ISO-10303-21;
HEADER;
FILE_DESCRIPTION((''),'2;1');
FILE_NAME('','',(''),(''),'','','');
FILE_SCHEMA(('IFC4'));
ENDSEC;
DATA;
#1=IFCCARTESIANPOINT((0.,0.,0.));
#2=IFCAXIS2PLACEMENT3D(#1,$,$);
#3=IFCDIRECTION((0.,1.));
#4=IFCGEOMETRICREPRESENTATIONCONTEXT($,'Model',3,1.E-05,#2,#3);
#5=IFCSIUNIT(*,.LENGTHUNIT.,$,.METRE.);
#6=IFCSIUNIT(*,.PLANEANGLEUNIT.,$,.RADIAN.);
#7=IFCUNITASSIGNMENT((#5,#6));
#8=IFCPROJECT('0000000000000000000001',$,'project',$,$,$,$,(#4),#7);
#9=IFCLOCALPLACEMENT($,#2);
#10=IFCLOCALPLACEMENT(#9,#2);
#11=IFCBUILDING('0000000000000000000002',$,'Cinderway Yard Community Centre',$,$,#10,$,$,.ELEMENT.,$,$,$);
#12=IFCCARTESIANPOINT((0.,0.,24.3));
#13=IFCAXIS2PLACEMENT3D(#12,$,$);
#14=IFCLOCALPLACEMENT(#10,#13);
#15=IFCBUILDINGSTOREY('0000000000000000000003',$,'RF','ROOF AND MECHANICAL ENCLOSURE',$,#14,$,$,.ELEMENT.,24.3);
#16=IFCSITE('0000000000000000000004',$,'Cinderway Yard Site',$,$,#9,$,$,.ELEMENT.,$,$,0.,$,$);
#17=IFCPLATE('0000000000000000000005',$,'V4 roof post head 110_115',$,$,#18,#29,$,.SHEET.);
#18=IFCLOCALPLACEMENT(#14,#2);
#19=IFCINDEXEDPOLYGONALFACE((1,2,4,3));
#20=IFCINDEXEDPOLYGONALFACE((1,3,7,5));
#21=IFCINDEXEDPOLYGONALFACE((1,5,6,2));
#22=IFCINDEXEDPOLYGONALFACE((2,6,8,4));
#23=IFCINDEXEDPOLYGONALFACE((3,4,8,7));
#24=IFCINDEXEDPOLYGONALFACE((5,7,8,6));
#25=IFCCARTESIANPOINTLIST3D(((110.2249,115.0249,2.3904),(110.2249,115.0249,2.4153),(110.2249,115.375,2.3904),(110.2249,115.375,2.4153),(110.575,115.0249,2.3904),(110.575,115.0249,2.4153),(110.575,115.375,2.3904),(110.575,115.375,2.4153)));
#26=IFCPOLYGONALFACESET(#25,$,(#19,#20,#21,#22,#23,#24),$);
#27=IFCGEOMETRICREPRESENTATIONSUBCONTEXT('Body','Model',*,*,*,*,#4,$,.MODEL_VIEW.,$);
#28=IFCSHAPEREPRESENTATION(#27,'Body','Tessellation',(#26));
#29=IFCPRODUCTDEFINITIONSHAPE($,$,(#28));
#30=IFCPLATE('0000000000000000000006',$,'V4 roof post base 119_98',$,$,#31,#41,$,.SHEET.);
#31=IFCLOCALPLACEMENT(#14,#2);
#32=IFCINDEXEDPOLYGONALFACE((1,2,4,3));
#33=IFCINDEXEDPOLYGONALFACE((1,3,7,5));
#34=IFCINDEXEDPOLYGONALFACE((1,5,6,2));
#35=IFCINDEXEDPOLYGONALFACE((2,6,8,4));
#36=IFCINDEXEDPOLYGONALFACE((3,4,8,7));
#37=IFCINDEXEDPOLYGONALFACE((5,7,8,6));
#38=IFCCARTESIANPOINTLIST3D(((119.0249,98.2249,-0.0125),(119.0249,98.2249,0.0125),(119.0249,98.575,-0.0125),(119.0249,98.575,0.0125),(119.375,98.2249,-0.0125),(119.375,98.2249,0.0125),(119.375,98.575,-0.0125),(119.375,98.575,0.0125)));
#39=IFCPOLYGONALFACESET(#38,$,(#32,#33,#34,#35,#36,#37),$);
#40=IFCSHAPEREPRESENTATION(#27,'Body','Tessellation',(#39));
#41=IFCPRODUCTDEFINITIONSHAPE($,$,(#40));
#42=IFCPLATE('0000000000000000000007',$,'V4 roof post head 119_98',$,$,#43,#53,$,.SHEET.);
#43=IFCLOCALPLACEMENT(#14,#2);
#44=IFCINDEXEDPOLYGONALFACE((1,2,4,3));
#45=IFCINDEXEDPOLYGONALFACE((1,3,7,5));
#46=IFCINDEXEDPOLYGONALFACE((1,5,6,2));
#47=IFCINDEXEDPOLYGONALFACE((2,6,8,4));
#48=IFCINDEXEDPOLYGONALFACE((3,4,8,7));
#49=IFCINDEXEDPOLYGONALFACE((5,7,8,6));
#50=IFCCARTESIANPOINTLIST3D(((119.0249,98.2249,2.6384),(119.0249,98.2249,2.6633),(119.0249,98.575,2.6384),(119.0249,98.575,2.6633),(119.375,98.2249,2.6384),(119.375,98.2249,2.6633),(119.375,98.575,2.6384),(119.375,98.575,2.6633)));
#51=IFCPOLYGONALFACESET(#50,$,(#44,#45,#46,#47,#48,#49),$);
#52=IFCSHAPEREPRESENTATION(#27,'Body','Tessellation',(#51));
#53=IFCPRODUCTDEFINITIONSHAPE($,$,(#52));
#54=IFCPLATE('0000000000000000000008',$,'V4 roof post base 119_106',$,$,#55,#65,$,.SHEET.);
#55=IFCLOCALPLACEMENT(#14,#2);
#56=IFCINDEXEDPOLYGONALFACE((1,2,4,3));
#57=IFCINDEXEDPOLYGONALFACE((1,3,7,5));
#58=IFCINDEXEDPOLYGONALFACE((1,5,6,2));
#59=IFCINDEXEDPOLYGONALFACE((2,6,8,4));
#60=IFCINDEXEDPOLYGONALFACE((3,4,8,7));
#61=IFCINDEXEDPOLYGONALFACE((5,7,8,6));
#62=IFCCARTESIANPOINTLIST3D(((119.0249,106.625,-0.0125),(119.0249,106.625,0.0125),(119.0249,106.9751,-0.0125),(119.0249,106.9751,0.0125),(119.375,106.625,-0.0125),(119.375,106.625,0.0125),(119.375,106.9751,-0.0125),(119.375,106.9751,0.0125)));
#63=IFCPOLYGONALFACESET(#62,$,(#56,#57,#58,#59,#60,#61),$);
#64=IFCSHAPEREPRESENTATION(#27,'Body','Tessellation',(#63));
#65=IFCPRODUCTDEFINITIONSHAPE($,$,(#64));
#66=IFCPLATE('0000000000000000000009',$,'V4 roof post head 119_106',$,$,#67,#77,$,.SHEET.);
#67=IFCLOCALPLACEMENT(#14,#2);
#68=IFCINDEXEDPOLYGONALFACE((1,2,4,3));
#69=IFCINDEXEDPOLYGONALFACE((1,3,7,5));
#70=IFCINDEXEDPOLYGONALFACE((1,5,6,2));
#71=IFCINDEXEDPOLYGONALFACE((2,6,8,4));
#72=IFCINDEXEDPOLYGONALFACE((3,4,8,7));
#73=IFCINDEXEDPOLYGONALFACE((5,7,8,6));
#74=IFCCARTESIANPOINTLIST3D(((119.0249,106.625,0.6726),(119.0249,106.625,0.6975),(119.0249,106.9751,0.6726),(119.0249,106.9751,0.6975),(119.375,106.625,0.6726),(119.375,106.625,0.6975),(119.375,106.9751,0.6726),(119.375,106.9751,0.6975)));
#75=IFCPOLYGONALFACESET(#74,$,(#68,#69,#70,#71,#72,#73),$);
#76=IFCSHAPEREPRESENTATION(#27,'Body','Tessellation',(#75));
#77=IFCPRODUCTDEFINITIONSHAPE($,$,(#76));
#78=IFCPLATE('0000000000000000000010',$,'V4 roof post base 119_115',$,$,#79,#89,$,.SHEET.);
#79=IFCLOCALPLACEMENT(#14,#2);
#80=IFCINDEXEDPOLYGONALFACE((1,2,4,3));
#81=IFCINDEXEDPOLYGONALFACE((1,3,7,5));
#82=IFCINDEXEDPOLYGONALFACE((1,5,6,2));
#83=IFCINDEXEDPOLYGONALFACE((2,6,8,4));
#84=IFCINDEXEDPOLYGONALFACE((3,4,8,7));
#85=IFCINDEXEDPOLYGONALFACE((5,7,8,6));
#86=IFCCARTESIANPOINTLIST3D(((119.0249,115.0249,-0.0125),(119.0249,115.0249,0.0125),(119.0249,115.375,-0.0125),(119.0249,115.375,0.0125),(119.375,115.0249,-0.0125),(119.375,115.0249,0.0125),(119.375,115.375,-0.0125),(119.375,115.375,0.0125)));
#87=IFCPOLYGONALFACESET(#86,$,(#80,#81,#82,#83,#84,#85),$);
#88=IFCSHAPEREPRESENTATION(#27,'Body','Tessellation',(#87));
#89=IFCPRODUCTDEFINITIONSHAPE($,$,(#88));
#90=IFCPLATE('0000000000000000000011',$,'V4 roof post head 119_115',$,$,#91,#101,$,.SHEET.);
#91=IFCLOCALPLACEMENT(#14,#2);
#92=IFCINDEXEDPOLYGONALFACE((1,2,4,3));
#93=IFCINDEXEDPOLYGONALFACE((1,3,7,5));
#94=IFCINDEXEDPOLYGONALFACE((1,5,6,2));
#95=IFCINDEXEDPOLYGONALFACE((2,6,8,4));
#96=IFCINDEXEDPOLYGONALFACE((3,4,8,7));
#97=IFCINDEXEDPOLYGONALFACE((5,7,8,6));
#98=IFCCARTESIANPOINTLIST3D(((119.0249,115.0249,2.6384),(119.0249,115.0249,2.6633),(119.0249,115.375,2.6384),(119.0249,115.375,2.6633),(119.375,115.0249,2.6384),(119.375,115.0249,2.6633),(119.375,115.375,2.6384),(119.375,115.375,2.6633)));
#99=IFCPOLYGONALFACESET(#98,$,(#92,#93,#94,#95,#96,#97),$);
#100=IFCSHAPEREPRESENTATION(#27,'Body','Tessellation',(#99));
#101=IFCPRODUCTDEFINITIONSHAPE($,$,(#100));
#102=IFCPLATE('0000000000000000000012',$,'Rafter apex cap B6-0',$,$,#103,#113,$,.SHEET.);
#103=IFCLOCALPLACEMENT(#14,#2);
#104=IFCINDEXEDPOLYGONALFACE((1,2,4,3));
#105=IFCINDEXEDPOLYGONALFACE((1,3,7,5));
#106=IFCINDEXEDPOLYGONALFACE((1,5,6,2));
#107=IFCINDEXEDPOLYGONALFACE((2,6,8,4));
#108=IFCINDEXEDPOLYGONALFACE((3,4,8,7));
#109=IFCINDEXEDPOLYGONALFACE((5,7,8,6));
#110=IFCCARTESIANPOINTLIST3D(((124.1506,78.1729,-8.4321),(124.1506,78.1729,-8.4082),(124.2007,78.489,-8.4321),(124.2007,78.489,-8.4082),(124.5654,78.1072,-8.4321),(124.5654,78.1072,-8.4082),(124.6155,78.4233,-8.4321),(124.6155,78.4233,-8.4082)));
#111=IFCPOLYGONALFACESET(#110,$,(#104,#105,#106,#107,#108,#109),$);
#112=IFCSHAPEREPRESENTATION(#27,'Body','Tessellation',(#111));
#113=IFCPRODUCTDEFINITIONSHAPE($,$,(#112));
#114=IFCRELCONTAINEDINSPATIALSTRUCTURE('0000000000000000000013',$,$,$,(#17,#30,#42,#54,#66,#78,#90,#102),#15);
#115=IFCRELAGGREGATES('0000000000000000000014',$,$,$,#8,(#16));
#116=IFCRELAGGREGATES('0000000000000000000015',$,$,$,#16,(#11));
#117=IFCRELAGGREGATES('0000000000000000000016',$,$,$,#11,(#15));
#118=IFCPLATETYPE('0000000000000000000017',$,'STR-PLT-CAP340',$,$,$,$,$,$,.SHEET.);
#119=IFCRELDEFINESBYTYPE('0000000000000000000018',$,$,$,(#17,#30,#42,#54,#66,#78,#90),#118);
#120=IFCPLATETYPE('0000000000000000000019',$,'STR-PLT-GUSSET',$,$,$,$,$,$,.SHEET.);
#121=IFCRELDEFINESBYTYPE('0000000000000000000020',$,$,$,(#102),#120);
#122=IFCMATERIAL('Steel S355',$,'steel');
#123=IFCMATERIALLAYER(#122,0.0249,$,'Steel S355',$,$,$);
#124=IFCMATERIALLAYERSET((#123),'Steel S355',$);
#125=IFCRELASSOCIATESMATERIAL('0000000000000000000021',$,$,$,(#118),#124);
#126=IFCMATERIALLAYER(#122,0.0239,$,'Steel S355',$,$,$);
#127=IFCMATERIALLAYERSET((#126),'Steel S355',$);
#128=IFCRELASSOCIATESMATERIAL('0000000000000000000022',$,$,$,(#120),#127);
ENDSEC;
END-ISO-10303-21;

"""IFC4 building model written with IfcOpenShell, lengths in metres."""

from ifc_helpers import new_model, si_unit, direction, frame, origin, origin_2d, place, context, subcontext, project, spatial, rectangle, extrude, material, layer, layer_set, type_object, element, save


model = new_model("IFC4")

# Units and contexts
model_context = context("Model", 3, precision=1e-05, world=origin(), true_north=direction((0.0, 1.0)))
body_context = subcontext(model_context, "Body", "Model", "MODEL_VIEW")
ifc_project = project(units=[si_unit("LENGTHUNIT", "METRE"), si_unit("PLANEANGLEUNIT", "RADIAN")], contexts=[model_context])

# Site, building, storey
site_placement = place(None, origin())
site = spatial("IfcSite", under=ifc_project, at=site_placement, Name="Cinderway Yard Site", CompositionType="ELEMENT", RefElevation=0.0)
building_placement = place(site_placement, origin())
building = spatial("IfcBuilding", under=site, at=building_placement, Name="Cinderway Yard Community Centre", CompositionType="ELEMENT")
storey_placement = place(building_placement, frame((0.0, 0.0, 24.3)))
storey = spatial("IfcBuildingStorey", under=building, at=storey_placement, Name="RF", Description="ROOF AND MECHANICAL ENCLOSURE", CompositionType="ELEMENT", Elevation=24.3)

# Shared definitions
ifc_material = material(Name="Steel S355", Category="steel")

# Plates
ifc_layer_1 = layer(ifc_material, 0.0249, Name="Steel S355")
ifc_layer_set_1 = layer_set([ifc_layer_1], Name="Steel S355")
plate_type_1 = type_object("IfcPlateType", Name="STR-PLT-CAP340", PredefinedType="SHEET", material=ifc_layer_set_1)
for number, where, z_axis, x_axis, name in (
    (1, (110.3999, 115.2, 2.3904), (0.0, 0.0, 1.0), (1.0, 0.0, 0.0), "V4 roof post head 110_115"),
    (2, (119.2, 98.3999, -0.0125), (0.0, 0.0, 1.0), (1.0, 0.0, 0.0), "V4 roof post base 119_98"),
    (3, (119.2, 98.3999, 2.6384), (0.0, 0.0, 1.0), (1.0, 0.0, 0.0), "V4 roof post head 119_98"),
    (4, (119.2, 106.8, -0.0125), (0.0, 0.0, 1.0), (1.0, 0.0, 0.0), "V4 roof post base 119_106"),
    (5, (119.2, 106.8, 0.6726), (0.0, 0.0, 1.0), (1.0, 0.0, 0.0), "V4 roof post head 119_106"),
    (6, (119.2, 115.2, -0.0125), (0.0, 0.0, 1.0), (1.0, 0.0, 0.0), "V4 roof post base 119_115"),
    (7, (119.2, 115.2, 2.6384), (0.0, 0.0, 1.0), (1.0, 0.0, 0.0), "V4 roof post head 119_115"),
):
    element("IfcPlate", number, at=place(storey_placement, frame(where, z_axis=z_axis, x_axis=x_axis)), inside=storey, type_object=plate_type_1, Name=name, PredefinedType="SHEET", context=body_context, shape_type="SweptSolid", body=[
        extrude(rectangle(XDim=0.3501, YDim=0.3501, at=origin_2d()), origin(), (0.0, 0.0, 1.0), 0.0249),
    ])
ifc_layer_2 = layer(ifc_material, 0.0239, Name="Steel S355")
ifc_layer_set_2 = layer_set([ifc_layer_2], Name="Steel S355")
plate_type_2 = type_object("IfcPlateType", Name="STR-PLT-GUSSET", PredefinedType="SHEET", material=ifc_layer_set_2)
plate_placement = place(storey_placement, frame((124.3831, 78.2981, -8.4321), z_axis=(0.0, 0.0, 1.0), x_axis=(0.987688, -0.156434, 0.0)))
element("IfcPlate", 8, at=plate_placement, inside=storey, type_object=plate_type_2, Name="Rafter apex cap B6-0", PredefinedType="SHEET", context=body_context, shape_type="SweptSolid", body=[
    extrude(rectangle(XDim=0.4199, YDim=0.3201, at=origin_2d()), origin(), (0.0, 0.0, 1.0), 0.0239),
])

save(model, "model.ifc")
